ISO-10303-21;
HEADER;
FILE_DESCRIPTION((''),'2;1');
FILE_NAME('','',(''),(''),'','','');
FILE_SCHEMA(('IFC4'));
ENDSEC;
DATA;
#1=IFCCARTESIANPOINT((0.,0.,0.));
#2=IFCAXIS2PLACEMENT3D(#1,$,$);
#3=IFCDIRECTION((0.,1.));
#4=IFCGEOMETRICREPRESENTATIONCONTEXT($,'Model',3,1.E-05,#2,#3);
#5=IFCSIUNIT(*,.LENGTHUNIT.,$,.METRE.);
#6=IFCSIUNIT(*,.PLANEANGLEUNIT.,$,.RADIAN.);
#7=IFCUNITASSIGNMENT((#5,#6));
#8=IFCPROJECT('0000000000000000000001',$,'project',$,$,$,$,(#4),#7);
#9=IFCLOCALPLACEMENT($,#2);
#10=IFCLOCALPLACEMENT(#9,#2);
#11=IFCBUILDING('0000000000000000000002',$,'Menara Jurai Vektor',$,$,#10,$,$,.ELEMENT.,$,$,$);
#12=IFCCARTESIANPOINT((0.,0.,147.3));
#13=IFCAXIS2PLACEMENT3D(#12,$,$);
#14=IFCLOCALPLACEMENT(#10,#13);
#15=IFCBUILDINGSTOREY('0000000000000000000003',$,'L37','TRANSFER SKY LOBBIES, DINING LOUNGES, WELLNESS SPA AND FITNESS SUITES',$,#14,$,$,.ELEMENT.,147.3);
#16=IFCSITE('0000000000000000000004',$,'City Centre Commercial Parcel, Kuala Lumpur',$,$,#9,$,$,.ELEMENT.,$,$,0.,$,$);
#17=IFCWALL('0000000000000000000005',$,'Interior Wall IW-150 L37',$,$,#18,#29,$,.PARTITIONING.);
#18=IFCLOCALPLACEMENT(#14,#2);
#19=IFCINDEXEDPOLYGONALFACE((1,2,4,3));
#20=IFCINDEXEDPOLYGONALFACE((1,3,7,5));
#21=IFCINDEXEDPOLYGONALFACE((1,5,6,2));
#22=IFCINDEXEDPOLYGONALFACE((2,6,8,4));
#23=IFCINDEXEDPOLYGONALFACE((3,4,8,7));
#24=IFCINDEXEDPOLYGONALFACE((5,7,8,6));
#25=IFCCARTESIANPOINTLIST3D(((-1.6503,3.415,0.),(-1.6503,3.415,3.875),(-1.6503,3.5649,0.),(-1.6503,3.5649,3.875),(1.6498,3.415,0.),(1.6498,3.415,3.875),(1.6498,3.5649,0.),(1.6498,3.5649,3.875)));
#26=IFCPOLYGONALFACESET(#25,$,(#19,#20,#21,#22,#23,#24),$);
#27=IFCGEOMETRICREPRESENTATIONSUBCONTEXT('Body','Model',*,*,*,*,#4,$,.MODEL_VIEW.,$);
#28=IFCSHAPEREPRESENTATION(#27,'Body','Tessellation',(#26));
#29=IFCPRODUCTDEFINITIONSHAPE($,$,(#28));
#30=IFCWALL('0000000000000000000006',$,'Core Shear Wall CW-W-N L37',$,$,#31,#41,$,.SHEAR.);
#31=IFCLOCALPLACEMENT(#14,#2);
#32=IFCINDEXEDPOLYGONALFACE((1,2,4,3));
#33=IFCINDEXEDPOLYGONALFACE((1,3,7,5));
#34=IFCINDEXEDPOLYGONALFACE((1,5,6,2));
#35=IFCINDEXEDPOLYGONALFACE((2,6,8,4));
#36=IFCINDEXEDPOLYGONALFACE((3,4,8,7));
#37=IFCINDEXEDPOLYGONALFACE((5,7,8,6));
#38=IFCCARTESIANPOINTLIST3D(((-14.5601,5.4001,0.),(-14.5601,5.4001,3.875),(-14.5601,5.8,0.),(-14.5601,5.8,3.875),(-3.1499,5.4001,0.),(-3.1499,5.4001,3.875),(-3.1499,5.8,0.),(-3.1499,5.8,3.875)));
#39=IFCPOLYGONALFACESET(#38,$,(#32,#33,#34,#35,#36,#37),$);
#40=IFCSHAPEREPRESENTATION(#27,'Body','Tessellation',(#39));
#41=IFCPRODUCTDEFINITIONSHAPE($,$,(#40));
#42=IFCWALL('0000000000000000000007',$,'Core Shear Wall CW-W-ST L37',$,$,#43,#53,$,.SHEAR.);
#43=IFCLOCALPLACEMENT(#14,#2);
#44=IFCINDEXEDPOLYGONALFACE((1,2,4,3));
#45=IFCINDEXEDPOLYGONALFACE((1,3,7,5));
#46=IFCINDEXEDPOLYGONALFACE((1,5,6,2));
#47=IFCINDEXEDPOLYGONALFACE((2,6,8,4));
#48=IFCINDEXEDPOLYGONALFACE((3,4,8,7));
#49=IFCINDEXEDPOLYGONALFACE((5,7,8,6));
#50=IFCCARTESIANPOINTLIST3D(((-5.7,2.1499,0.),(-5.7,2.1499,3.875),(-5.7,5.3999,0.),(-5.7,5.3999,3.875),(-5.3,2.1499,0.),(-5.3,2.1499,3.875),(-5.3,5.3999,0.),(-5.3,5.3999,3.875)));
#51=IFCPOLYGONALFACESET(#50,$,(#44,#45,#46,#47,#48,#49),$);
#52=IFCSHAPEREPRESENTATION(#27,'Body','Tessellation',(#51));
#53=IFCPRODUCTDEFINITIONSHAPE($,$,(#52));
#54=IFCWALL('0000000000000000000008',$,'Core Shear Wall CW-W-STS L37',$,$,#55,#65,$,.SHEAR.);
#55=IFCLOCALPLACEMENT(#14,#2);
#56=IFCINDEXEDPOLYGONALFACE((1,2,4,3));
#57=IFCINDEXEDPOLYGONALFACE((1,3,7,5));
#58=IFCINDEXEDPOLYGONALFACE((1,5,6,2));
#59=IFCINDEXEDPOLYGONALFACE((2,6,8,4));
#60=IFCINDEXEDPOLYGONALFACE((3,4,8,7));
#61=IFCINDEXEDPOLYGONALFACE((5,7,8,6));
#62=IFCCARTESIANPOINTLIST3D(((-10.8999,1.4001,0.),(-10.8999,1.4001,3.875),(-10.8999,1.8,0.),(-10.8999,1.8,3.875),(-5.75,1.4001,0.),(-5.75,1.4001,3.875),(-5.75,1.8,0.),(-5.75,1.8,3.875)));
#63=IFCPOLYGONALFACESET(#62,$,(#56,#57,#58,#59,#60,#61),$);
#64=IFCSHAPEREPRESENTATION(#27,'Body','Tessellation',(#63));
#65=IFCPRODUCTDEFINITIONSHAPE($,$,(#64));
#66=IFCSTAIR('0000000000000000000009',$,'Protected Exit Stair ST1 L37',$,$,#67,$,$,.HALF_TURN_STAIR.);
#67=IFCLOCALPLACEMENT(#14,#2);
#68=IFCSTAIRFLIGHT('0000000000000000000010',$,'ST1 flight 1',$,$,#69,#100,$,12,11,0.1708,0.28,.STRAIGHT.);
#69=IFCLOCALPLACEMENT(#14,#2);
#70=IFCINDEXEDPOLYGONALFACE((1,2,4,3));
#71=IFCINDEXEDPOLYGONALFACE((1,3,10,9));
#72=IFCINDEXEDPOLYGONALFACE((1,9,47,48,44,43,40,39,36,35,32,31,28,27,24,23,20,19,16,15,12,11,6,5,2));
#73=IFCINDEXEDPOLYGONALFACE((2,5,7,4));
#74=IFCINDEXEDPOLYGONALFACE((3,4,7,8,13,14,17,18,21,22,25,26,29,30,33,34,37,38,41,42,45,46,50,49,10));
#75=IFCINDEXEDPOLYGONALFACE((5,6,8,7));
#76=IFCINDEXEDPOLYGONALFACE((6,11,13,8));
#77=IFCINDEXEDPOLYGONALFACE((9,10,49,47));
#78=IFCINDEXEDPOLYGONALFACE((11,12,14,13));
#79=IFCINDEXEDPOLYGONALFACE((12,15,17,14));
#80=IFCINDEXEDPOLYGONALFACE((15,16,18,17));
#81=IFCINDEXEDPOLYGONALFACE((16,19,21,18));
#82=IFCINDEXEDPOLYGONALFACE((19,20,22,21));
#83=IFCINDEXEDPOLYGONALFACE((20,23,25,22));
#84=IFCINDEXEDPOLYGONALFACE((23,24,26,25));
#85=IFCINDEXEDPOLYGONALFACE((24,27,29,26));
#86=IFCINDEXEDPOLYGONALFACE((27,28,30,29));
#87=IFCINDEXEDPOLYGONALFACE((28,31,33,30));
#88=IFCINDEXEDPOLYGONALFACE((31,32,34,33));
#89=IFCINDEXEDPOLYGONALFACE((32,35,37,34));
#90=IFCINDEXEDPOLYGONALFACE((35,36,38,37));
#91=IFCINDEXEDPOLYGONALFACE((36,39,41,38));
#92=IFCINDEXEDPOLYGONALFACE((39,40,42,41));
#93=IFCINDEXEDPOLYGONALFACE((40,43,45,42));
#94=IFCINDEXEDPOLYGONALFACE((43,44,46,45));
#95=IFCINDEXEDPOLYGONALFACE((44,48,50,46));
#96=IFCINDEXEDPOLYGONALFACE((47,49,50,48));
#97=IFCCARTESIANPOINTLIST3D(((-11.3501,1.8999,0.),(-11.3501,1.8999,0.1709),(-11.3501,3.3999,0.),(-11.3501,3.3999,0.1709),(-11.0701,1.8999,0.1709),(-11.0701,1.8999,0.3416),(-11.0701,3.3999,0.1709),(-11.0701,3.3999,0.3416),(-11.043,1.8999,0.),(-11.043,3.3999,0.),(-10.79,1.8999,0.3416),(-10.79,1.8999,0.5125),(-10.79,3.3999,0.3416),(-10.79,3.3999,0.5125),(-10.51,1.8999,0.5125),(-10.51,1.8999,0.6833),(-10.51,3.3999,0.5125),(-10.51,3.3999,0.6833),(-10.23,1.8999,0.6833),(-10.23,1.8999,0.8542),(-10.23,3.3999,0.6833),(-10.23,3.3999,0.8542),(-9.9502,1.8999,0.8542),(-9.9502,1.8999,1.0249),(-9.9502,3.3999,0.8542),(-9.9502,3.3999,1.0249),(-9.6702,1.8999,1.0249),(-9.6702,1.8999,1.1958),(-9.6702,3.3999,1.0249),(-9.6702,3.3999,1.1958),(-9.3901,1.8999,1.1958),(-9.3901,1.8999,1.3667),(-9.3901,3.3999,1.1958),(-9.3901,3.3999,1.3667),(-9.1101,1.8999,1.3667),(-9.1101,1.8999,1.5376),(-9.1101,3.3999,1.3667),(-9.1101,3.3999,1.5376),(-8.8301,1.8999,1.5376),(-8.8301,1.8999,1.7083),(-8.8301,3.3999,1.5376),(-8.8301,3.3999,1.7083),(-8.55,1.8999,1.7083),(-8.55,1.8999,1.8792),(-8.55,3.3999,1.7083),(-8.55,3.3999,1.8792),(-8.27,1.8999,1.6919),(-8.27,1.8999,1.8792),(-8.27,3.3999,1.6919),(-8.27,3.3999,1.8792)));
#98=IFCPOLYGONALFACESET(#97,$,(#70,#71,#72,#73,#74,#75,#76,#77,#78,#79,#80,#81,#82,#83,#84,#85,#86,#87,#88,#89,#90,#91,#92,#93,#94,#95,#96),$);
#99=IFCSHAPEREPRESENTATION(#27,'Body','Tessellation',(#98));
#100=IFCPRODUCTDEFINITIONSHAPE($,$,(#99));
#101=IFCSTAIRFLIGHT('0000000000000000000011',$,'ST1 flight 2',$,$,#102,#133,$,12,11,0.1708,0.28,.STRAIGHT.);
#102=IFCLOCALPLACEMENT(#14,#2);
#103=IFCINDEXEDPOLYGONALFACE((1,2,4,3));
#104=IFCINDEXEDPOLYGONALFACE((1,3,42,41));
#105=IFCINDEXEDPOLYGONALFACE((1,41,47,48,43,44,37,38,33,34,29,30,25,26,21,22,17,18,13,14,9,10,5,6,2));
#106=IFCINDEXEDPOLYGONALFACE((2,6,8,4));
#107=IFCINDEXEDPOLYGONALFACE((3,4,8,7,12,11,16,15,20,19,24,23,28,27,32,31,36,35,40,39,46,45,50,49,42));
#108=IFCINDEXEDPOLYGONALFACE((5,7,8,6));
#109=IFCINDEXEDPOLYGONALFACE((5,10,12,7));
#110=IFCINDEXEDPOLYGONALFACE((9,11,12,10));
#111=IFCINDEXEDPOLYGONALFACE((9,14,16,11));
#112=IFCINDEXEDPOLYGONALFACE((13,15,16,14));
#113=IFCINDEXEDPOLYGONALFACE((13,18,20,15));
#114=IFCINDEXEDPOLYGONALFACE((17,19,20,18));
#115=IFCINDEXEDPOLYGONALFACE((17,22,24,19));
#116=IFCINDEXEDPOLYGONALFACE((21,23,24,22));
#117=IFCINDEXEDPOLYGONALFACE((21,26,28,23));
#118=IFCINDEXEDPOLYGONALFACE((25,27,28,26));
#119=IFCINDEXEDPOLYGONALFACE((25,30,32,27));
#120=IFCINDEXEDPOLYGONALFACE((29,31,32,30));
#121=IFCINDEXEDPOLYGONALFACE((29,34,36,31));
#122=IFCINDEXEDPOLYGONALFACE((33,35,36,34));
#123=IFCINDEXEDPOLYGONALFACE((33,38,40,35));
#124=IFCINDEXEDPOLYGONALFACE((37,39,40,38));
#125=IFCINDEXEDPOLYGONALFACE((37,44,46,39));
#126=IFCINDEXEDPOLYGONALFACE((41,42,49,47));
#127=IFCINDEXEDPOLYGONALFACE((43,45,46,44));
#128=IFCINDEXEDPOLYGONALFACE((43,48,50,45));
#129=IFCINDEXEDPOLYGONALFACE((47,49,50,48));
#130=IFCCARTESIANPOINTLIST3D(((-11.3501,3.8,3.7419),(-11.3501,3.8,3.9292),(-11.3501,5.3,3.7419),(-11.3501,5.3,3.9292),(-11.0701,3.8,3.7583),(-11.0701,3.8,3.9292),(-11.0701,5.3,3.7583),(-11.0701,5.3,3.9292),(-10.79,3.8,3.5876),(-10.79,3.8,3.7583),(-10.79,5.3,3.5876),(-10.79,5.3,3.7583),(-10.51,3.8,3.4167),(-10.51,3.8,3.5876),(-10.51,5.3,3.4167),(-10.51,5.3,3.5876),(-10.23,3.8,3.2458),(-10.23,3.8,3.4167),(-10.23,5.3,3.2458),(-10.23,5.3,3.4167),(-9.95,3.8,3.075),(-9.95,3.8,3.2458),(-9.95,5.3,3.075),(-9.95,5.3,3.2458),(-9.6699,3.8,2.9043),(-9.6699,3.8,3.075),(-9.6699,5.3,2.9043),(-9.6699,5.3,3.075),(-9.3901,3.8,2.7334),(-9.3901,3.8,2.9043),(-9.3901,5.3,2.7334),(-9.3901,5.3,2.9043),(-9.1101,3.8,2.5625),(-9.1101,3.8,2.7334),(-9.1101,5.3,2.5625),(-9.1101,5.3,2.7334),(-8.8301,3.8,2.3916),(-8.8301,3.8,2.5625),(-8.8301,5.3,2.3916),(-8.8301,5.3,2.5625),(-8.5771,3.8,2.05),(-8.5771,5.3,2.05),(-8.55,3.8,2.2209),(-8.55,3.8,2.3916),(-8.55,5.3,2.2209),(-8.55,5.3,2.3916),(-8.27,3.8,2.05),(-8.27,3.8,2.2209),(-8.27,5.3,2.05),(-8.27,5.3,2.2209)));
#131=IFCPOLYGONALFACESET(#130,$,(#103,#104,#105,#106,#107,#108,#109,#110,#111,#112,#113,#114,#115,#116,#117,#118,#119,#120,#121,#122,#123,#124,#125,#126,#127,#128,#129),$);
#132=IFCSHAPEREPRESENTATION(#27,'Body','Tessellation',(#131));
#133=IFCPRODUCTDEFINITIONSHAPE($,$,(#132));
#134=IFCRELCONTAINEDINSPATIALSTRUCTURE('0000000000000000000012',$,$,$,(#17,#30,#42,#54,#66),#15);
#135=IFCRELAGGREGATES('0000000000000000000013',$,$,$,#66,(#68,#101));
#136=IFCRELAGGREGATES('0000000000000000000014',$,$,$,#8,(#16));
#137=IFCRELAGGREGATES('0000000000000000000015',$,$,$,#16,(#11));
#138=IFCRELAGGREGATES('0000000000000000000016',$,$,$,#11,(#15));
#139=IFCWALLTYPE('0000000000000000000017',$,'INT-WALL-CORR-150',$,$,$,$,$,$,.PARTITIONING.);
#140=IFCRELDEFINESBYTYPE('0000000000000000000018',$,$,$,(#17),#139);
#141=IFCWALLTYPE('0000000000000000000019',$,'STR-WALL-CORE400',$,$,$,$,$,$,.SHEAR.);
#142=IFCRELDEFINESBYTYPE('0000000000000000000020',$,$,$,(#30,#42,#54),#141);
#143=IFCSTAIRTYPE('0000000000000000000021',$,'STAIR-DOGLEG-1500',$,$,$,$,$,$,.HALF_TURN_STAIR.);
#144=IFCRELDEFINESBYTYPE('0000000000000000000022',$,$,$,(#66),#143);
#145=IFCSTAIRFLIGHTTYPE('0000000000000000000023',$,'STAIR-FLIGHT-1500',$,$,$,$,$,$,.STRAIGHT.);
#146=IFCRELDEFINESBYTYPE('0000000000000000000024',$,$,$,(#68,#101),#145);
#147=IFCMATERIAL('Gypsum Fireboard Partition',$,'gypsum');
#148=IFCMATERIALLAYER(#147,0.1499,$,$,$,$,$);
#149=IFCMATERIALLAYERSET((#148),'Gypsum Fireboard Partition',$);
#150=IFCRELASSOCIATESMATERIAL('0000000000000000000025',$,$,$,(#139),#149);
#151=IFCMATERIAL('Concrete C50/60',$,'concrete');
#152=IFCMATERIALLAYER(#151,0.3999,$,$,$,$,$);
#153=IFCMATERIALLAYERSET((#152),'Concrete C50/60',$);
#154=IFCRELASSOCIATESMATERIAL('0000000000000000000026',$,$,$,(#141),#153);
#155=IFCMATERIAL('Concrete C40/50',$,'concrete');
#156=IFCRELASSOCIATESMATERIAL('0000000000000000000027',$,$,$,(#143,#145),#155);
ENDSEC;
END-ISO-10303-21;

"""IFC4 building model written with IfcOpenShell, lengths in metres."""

from ifc_helpers import new_model, si_unit, direction, frame, frame_2d, origin, place, context, subcontext, project, spatial, polyline, rectangle, outline, extrude, material, layer, layer_set, type_object, element, aggregate, save


model = new_model("IFC4")

# Units and contexts
model_context = context("Model", 3, precision=1e-05, world=origin(), true_north=direction((0.0, 1.0)))
body_context = subcontext(model_context, "Body", "Model", "MODEL_VIEW")
ifc_project = project(units=[si_unit("LENGTHUNIT", "METRE"), si_unit("PLANEANGLEUNIT", "RADIAN")], contexts=[model_context])

# Site, building, storey
site_placement = place(None, origin())
site = spatial("IfcSite", under=ifc_project, at=site_placement, Name="City Centre Commercial Parcel, Kuala Lumpur", CompositionType="ELEMENT", RefElevation=0.0)
building_placement = place(site_placement, origin())
building = spatial("IfcBuilding", under=site, at=building_placement, Name="Menara Jurai Vektor", CompositionType="ELEMENT")
storey_placement = place(building_placement, frame((0.0, 0.0, 147.3)))
storey = spatial("IfcBuildingStorey", under=building, at=storey_placement, Name="L37", Description="TRANSFER SKY LOBBIES, DINING LOUNGES, WELLNESS SPA AND FITNESS SUITES", CompositionType="ELEMENT", Elevation=147.3)

# Shared definitions
ifc_material_1 = material(Name="Concrete C50/60", Category="concrete")

# Shared definitions
ifc_material_2 = material(Name="Concrete C40/50", Category="concrete")

# Walls
ifc_material_3 = material(Name="Gypsum Fireboard Partition", Category="gypsum")
ifc_layer_1 = layer(ifc_material_3, 0.1499)
ifc_layer_set_1 = layer_set([ifc_layer_1], Name="Gypsum Fireboard Partition")
wall_type_1 = type_object("IfcWallType", Name="INT-WALL-CORR-150", PredefinedType="PARTITIONING", material=ifc_layer_set_1)
wall_1_placement = place(storey_placement, frame((-1.6501, 3.49, 0.0), z_axis=(0.0, 0.0, 1.0), x_axis=(1.0, 0.0, 0.0)))
element("IfcWall", 1, at=wall_1_placement, inside=storey, type_object=wall_type_1, Name="Interior Wall IW-150 L37", PredefinedType="PARTITIONING", context=body_context, shape_type="SweptSolid", body=[
    extrude(rectangle(XDim=3.3, YDim=0.1499, at=frame_2d((1.6499, 0.0))), origin(), (0.0, 0.0, 1.0), 3.875),
])
ifc_layer_2 = layer(ifc_material_1, 0.3999)
ifc_layer_set_2 = layer_set([ifc_layer_2], Name="Concrete C50/60")
wall_type_2 = type_object("IfcWallType", Name="STR-WALL-CORE400", PredefinedType="SHEAR", material=ifc_layer_set_2)
wall_2_placement = place(storey_placement, frame((-14.5601, 5.6001, 0.0), z_axis=(0.0, 0.0, 1.0), x_axis=(1.0, 0.0, 0.0)))
element("IfcWall", 2, at=wall_2_placement, inside=storey, type_object=wall_type_2, Name="Core Shear Wall CW-W-N L37", PredefinedType="SHEAR", context=body_context, shape_type="SweptSolid", body=[
    extrude(rectangle(XDim=11.4102, YDim=0.3999, at=frame_2d((5.7051, 0.0))), origin(), (0.0, 0.0, 1.0), 3.875),
])
wall_3_placement = place(storey_placement, frame((-5.5, 2.1499, 0.0), z_axis=(0.0, 0.0, 1.0), x_axis=(0.0, 1.0, 0.0)))
element("IfcWall", 3, at=wall_3_placement, inside=storey, type_object=wall_type_2, Name="Core Shear Wall CW-W-ST L37", PredefinedType="SHEAR", context=body_context, shape_type="SweptSolid", body=[
    extrude(rectangle(XDim=3.25, YDim=0.3999, at=frame_2d((1.625, 0.0))), origin(), (0.0, 0.0, 1.0), 3.875),
])
wall_4_placement = place(storey_placement, frame((-10.8999, 1.6001, 0.0), z_axis=(0.0, 0.0, 1.0), x_axis=(1.0, 0.0, 0.0)))
element("IfcWall", 4, at=wall_4_placement, inside=storey, type_object=wall_type_2, Name="Core Shear Wall CW-W-STS L37", PredefinedType="SHEAR", context=body_context, shape_type="SweptSolid", body=[
    extrude(rectangle(XDim=5.1499, YDim=0.3999, at=frame_2d((2.575, 0.0))), origin(), (0.0, 0.0, 1.0), 3.875),
])

# Stair, stair flights
stair_type = type_object("IfcStairType", Name="STAIR-DOGLEG-1500", PredefinedType="HALF_TURN_STAIR", material=ifc_material_2)
stair_placement = place(storey_placement, origin())
stair = element("IfcStair", 5, at=stair_placement, inside=storey, type_object=stair_type, Name="Protected Exit Stair ST1 L37", PredefinedType="HALF_TURN_STAIR")
stair_flight_type = type_object("IfcStairFlightType", Name="STAIR-FLIGHT-1500", PredefinedType="STRAIGHT", material=ifc_material_2)
stair_flight_1_placement = place(storey_placement, frame((-11.3501, 2.6499, 0.0), z_axis=(0.0, 0.0, 1.0), x_axis=(1.0, 0.0, 0.0)))
stair_flight_1 = element("IfcStairFlight", 6, at=stair_flight_1_placement, type_object=stair_flight_type, Name="ST1 flight 1", NumberOfRisers=12, NumberOfTreads=11, PredefinedType="STRAIGHT", RiserHeight=0.1708, TreadLength=0.28, context=body_context, shape_type="SweptSolid", body=[
    extrude(outline(polyline([(0.0, 0.0), (0.0, 0.1709), (0.28, 0.1709), (0.28, 0.3416), (0.5601, 0.3416), (0.5601, 0.5125), (0.8401, 0.5125), (0.8401, 0.6833), (1.1201, 0.6833), (1.1201, 0.8542), (1.3999, 0.8542), (1.3999, 1.0249), (1.6799, 1.0249), (1.6799, 1.1958), (1.96, 1.1958), (1.96, 1.3667), (2.24, 1.3667), (2.24, 1.5376), (2.52, 1.5376), (2.52, 1.7083), (2.8, 1.7083), (2.8, 1.8792), (3.0801, 1.8792), (3.0801, 2.05), (3.0801, 1.6919), (0.3071, 0.0), (0.0, 0.0)])), frame((0.0, 0.75, 0.0), z_axis=(0.0, -1.0, 0.0), x_axis=(1.0, 0.0, 0.0)), (0.0, 0.0, 1.0), 1.5),
])
stair_flight_2_placement = place(storey_placement, frame((-8.27, 4.55, 2.05), z_axis=(0.0, 0.0, 1.0), x_axis=(-1.0, 0.0, 0.0)))
stair_flight_2 = element("IfcStairFlight", 7, at=stair_flight_2_placement, type_object=stair_flight_type, Name="ST1 flight 2", NumberOfRisers=12, NumberOfTreads=11, PredefinedType="STRAIGHT", RiserHeight=0.1708, TreadLength=0.28, context=body_context, shape_type="SweptSolid", body=[
    extrude(outline(polyline([(0.0, 0.0), (0.0, 0.1709), (0.28, 0.1709), (0.28, 0.3416), (0.5601, 0.3416), (0.5601, 0.5125), (0.8401, 0.5125), (0.8401, 0.6833), (1.1201, 0.6833), (1.1201, 0.8542), (1.3999, 0.8542), (1.3999, 1.0249), (1.6799, 1.0249), (1.6799, 1.1958), (1.96, 1.1958), (1.96, 1.3667), (2.24, 1.3667), (2.24, 1.5376), (2.52, 1.5376), (2.52, 1.7083), (2.8, 1.7083), (2.8, 1.8792), (3.0801, 1.8792), (3.0801, 2.05), (3.0801, 1.6919), (0.3071, 0.0), (0.0, 0.0)])), frame((0.0, 0.75, 0.0), z_axis=(0.0, -1.0, 0.0), x_axis=(1.0, 0.0, 0.0)), (0.0, 0.0, 1.0), 1.5),
])
aggregate(stair, [stair_flight_1, stair_flight_2])

save(model, "model.ifc")
